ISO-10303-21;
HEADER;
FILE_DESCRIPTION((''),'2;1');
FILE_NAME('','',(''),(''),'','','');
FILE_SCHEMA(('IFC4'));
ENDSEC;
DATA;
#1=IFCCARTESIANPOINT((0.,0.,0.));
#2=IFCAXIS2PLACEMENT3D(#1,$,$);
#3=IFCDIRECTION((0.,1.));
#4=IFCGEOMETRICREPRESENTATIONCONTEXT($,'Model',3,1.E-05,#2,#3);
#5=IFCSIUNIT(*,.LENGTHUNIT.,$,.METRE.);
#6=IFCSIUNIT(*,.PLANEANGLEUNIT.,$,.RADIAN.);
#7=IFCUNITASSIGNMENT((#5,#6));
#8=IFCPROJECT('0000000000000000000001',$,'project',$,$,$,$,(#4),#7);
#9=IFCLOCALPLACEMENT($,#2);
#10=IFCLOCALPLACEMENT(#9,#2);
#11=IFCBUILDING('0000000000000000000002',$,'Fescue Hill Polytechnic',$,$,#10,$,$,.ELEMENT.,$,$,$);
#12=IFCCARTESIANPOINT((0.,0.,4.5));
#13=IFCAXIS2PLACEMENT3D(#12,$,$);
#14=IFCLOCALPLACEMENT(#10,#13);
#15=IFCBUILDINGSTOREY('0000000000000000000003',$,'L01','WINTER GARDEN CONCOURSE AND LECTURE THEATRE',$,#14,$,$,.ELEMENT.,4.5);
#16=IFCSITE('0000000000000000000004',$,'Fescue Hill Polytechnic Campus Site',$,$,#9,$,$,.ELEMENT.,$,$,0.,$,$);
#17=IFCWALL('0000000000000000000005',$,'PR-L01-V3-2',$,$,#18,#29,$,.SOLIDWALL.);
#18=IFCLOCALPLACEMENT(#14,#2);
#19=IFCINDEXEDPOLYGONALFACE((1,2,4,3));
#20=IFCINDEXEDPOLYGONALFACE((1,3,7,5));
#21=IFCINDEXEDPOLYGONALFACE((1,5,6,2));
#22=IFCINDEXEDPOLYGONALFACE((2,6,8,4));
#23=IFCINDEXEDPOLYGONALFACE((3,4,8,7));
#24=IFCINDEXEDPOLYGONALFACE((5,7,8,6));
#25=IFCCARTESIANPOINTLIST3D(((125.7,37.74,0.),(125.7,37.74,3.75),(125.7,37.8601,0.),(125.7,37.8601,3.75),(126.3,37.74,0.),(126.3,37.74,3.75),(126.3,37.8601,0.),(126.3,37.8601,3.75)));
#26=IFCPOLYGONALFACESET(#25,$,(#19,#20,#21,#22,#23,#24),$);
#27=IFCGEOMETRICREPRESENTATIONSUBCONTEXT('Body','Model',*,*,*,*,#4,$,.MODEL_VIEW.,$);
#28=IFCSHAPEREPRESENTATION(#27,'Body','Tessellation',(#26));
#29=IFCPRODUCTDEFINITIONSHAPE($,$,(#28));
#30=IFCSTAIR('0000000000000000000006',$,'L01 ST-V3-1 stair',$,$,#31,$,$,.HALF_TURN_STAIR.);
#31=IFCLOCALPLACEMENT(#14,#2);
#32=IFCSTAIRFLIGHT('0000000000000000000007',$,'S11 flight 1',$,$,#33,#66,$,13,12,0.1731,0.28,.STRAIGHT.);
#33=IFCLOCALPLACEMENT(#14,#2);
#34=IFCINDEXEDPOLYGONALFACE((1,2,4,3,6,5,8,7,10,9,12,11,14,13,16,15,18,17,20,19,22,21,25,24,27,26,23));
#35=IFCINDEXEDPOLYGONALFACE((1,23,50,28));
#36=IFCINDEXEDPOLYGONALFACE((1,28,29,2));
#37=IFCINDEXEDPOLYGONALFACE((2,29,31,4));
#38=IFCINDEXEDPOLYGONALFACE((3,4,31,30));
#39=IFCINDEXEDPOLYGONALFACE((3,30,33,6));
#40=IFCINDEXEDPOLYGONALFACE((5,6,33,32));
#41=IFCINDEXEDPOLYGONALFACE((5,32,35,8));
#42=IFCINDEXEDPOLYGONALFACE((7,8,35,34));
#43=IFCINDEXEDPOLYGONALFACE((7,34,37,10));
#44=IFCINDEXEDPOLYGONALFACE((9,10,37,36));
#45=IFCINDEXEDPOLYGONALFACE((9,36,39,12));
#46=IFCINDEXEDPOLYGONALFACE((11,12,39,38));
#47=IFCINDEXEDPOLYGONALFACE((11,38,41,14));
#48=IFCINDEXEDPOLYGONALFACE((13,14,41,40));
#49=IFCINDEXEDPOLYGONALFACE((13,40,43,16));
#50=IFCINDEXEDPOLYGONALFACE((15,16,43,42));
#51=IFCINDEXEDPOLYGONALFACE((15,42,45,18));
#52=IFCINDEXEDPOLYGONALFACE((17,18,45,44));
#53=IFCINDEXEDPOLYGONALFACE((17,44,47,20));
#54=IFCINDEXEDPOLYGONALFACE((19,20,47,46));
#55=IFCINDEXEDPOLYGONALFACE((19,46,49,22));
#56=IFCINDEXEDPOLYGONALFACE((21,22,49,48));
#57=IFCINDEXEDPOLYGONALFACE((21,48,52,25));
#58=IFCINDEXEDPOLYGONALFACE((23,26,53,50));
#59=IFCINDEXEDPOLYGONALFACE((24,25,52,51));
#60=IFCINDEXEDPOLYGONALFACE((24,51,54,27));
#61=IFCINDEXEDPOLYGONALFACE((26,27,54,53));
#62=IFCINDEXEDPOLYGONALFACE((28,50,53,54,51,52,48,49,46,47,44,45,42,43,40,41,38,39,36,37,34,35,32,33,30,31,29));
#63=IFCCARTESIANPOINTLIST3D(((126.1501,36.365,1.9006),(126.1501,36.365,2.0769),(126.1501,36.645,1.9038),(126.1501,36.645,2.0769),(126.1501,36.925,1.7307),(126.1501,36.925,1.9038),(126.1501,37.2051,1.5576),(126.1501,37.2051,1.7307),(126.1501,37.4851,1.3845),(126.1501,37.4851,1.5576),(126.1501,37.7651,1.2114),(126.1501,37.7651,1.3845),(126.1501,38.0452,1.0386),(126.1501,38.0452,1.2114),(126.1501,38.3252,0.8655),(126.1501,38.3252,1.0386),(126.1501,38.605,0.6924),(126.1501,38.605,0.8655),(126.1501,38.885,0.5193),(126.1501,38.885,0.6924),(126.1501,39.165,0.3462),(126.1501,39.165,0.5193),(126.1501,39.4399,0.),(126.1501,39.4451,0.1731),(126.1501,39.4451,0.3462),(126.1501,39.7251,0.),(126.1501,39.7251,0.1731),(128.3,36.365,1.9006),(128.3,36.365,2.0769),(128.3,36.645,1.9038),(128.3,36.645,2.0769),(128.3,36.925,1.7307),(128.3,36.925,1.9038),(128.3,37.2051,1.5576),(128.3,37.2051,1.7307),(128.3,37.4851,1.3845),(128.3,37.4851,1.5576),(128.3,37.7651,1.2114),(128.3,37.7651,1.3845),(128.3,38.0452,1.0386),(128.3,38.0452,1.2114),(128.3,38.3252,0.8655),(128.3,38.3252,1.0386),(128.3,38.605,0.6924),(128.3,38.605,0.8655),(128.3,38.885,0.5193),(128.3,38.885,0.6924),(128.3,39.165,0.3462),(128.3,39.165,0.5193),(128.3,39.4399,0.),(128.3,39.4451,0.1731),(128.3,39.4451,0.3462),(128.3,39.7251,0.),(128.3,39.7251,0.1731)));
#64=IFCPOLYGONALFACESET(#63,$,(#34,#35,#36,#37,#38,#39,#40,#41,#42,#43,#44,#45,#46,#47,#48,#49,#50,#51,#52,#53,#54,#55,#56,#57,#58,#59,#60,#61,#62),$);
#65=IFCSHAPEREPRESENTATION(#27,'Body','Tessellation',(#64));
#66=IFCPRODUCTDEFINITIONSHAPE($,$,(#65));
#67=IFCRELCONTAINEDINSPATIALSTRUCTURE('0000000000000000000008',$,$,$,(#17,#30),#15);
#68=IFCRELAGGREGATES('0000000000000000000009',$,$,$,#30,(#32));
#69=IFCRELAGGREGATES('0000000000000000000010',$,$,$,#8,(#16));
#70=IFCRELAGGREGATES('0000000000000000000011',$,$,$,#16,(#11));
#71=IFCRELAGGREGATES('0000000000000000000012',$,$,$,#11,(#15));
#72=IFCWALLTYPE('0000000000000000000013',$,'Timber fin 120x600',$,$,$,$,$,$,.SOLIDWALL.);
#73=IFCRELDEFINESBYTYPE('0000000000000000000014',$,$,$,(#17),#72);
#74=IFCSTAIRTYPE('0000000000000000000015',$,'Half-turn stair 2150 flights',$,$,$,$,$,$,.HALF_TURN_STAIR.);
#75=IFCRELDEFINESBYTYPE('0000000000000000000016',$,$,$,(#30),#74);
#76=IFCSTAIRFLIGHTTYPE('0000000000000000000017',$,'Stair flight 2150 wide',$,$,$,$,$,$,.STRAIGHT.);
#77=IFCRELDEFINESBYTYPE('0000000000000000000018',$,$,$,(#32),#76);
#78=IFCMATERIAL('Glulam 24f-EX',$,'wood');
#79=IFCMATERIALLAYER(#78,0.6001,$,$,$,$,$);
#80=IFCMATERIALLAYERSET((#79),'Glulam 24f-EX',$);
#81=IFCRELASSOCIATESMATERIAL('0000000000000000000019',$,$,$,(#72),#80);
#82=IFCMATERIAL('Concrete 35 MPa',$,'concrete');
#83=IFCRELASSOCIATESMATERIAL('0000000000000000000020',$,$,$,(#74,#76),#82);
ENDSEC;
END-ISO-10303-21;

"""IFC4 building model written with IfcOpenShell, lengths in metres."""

from ifc_helpers import new_model, si_unit, direction, frame, frame_2d, origin, place, context, subcontext, project, spatial, polyline, rectangle, outline, extrude, material, layer, layer_set, type_object, element, aggregate, save


model = new_model("IFC4")

# Units and contexts
model_context = context("Model", 3, precision=1e-05, world=origin(), true_north=direction((0.0, 1.0)))
body_context = subcontext(model_context, "Body", "Model", "MODEL_VIEW")
ifc_project = project(units=[si_unit("LENGTHUNIT", "METRE"), si_unit("PLANEANGLEUNIT", "RADIAN")], contexts=[model_context])

# Site, building, storey
site_placement = place(None, origin())
site = spatial("IfcSite", under=ifc_project, at=site_placement, Name="Fescue Hill Polytechnic Campus Site", CompositionType="ELEMENT", RefElevation=0.0)
building_placement = place(site_placement, origin())
building = spatial("IfcBuilding", under=site, at=building_placement, Name="Fescue Hill Polytechnic", CompositionType="ELEMENT")
storey_placement = place(building_placement, frame((0.0, 0.0, 4.5)))
storey = spatial("IfcBuildingStorey", under=building, at=storey_placement, Name="L01", Description="WINTER GARDEN CONCOURSE AND LECTURE THEATRE", CompositionType="ELEMENT", Elevation=4.5)

# Shared definitions
ifc_material_1 = material(Name="Concrete 35 MPa", Category="concrete")

# Wall
ifc_material_2 = material(Name="Glulam 24f-EX", Category="wood")
ifc_layer_1 = layer(ifc_material_2, 0.6001)
ifc_layer_set_1 = layer_set([ifc_layer_1], Name="Glulam 24f-EX")
wall_type_1 = type_object("IfcWallType", Name="Timber fin 120x600", PredefinedType="SOLIDWALL", material=ifc_layer_set_1)
wall_1_placement = place(storey_placement, frame((126.0, 37.8601, 0.0), z_axis=(0.0, 0.0, 1.0), x_axis=(0.0, -1.0, 0.0)))
element("IfcWall", 1, at=wall_1_placement, inside=storey, type_object=wall_type_1, Name="PR-L01-V3-2", PredefinedType="SOLIDWALL", context=body_context, shape_type="SweptSolid", body=[
    extrude(rectangle(XDim=0.1201, YDim=0.6001, at=frame_2d((0.0601, 0.0))), origin(), (0.0, 0.0, 1.0), 3.75),
])

# Stair, stair flight
stair_type = type_object("IfcStairType", Name="Half-turn stair 2150 flights", PredefinedType="HALF_TURN_STAIR", material=ifc_material_1)
stair_placement = place(storey_placement, origin())
stair = element("IfcStair", 2, at=stair_placement, inside=storey, type_object=stair_type, Name="L01 ST-V3-1 stair", PredefinedType="HALF_TURN_STAIR")
stair_flight_type = type_object("IfcStairFlightType", Name="Stair flight 2150 wide", PredefinedType="STRAIGHT", material=ifc_material_1)
stair_flight_placement = place(storey_placement, frame((127.2251, 39.7251, 0.0), z_axis=(0.0, 0.0, 1.0), x_axis=(0.0, -1.0, 0.0)))
stair_flight = element("IfcStairFlight", 3, at=stair_flight_placement, type_object=stair_flight_type, Name="S11 flight 1", NumberOfRisers=13, NumberOfTreads=12, PredefinedType="STRAIGHT", RiserHeight=0.1731, TreadLength=0.28, context=body_context, shape_type="SweptSolid", body=[
    extrude(outline(polyline([(0.0, 0.0), (0.0, 0.1731), (0.28, 0.1731), (0.28, 0.3462), (0.5601, 0.3462), (0.5601, 0.5193), (0.8401, 0.5193), (0.8401, 0.6924), (1.1201, 0.6924), (1.1201, 0.8655), (1.3999, 0.8655), (1.3999, 1.0386), (1.6799, 1.0386), (1.6799, 1.2114), (1.96, 1.2114), (1.96, 1.3845), (2.24, 1.3845), (2.24, 1.5576), (2.52, 1.5576), (2.52, 1.7307), (2.8, 1.7307), (2.8, 1.9038), (3.0801, 1.9038), (3.0801, 2.0769), (3.3601, 2.0769), (3.3601, 2.25), (3.3601, 1.9006), (0.2852, 0.0), (0.0, 0.0)])), frame((0.0, 1.075, 0.0), z_axis=(0.0, -1.0, 0.0), x_axis=(1.0, 0.0, 0.0)), (0.0, 0.0, 1.0), 2.1499),
])
aggregate(stair, [stair_flight])

save(model, "model.ifc")
